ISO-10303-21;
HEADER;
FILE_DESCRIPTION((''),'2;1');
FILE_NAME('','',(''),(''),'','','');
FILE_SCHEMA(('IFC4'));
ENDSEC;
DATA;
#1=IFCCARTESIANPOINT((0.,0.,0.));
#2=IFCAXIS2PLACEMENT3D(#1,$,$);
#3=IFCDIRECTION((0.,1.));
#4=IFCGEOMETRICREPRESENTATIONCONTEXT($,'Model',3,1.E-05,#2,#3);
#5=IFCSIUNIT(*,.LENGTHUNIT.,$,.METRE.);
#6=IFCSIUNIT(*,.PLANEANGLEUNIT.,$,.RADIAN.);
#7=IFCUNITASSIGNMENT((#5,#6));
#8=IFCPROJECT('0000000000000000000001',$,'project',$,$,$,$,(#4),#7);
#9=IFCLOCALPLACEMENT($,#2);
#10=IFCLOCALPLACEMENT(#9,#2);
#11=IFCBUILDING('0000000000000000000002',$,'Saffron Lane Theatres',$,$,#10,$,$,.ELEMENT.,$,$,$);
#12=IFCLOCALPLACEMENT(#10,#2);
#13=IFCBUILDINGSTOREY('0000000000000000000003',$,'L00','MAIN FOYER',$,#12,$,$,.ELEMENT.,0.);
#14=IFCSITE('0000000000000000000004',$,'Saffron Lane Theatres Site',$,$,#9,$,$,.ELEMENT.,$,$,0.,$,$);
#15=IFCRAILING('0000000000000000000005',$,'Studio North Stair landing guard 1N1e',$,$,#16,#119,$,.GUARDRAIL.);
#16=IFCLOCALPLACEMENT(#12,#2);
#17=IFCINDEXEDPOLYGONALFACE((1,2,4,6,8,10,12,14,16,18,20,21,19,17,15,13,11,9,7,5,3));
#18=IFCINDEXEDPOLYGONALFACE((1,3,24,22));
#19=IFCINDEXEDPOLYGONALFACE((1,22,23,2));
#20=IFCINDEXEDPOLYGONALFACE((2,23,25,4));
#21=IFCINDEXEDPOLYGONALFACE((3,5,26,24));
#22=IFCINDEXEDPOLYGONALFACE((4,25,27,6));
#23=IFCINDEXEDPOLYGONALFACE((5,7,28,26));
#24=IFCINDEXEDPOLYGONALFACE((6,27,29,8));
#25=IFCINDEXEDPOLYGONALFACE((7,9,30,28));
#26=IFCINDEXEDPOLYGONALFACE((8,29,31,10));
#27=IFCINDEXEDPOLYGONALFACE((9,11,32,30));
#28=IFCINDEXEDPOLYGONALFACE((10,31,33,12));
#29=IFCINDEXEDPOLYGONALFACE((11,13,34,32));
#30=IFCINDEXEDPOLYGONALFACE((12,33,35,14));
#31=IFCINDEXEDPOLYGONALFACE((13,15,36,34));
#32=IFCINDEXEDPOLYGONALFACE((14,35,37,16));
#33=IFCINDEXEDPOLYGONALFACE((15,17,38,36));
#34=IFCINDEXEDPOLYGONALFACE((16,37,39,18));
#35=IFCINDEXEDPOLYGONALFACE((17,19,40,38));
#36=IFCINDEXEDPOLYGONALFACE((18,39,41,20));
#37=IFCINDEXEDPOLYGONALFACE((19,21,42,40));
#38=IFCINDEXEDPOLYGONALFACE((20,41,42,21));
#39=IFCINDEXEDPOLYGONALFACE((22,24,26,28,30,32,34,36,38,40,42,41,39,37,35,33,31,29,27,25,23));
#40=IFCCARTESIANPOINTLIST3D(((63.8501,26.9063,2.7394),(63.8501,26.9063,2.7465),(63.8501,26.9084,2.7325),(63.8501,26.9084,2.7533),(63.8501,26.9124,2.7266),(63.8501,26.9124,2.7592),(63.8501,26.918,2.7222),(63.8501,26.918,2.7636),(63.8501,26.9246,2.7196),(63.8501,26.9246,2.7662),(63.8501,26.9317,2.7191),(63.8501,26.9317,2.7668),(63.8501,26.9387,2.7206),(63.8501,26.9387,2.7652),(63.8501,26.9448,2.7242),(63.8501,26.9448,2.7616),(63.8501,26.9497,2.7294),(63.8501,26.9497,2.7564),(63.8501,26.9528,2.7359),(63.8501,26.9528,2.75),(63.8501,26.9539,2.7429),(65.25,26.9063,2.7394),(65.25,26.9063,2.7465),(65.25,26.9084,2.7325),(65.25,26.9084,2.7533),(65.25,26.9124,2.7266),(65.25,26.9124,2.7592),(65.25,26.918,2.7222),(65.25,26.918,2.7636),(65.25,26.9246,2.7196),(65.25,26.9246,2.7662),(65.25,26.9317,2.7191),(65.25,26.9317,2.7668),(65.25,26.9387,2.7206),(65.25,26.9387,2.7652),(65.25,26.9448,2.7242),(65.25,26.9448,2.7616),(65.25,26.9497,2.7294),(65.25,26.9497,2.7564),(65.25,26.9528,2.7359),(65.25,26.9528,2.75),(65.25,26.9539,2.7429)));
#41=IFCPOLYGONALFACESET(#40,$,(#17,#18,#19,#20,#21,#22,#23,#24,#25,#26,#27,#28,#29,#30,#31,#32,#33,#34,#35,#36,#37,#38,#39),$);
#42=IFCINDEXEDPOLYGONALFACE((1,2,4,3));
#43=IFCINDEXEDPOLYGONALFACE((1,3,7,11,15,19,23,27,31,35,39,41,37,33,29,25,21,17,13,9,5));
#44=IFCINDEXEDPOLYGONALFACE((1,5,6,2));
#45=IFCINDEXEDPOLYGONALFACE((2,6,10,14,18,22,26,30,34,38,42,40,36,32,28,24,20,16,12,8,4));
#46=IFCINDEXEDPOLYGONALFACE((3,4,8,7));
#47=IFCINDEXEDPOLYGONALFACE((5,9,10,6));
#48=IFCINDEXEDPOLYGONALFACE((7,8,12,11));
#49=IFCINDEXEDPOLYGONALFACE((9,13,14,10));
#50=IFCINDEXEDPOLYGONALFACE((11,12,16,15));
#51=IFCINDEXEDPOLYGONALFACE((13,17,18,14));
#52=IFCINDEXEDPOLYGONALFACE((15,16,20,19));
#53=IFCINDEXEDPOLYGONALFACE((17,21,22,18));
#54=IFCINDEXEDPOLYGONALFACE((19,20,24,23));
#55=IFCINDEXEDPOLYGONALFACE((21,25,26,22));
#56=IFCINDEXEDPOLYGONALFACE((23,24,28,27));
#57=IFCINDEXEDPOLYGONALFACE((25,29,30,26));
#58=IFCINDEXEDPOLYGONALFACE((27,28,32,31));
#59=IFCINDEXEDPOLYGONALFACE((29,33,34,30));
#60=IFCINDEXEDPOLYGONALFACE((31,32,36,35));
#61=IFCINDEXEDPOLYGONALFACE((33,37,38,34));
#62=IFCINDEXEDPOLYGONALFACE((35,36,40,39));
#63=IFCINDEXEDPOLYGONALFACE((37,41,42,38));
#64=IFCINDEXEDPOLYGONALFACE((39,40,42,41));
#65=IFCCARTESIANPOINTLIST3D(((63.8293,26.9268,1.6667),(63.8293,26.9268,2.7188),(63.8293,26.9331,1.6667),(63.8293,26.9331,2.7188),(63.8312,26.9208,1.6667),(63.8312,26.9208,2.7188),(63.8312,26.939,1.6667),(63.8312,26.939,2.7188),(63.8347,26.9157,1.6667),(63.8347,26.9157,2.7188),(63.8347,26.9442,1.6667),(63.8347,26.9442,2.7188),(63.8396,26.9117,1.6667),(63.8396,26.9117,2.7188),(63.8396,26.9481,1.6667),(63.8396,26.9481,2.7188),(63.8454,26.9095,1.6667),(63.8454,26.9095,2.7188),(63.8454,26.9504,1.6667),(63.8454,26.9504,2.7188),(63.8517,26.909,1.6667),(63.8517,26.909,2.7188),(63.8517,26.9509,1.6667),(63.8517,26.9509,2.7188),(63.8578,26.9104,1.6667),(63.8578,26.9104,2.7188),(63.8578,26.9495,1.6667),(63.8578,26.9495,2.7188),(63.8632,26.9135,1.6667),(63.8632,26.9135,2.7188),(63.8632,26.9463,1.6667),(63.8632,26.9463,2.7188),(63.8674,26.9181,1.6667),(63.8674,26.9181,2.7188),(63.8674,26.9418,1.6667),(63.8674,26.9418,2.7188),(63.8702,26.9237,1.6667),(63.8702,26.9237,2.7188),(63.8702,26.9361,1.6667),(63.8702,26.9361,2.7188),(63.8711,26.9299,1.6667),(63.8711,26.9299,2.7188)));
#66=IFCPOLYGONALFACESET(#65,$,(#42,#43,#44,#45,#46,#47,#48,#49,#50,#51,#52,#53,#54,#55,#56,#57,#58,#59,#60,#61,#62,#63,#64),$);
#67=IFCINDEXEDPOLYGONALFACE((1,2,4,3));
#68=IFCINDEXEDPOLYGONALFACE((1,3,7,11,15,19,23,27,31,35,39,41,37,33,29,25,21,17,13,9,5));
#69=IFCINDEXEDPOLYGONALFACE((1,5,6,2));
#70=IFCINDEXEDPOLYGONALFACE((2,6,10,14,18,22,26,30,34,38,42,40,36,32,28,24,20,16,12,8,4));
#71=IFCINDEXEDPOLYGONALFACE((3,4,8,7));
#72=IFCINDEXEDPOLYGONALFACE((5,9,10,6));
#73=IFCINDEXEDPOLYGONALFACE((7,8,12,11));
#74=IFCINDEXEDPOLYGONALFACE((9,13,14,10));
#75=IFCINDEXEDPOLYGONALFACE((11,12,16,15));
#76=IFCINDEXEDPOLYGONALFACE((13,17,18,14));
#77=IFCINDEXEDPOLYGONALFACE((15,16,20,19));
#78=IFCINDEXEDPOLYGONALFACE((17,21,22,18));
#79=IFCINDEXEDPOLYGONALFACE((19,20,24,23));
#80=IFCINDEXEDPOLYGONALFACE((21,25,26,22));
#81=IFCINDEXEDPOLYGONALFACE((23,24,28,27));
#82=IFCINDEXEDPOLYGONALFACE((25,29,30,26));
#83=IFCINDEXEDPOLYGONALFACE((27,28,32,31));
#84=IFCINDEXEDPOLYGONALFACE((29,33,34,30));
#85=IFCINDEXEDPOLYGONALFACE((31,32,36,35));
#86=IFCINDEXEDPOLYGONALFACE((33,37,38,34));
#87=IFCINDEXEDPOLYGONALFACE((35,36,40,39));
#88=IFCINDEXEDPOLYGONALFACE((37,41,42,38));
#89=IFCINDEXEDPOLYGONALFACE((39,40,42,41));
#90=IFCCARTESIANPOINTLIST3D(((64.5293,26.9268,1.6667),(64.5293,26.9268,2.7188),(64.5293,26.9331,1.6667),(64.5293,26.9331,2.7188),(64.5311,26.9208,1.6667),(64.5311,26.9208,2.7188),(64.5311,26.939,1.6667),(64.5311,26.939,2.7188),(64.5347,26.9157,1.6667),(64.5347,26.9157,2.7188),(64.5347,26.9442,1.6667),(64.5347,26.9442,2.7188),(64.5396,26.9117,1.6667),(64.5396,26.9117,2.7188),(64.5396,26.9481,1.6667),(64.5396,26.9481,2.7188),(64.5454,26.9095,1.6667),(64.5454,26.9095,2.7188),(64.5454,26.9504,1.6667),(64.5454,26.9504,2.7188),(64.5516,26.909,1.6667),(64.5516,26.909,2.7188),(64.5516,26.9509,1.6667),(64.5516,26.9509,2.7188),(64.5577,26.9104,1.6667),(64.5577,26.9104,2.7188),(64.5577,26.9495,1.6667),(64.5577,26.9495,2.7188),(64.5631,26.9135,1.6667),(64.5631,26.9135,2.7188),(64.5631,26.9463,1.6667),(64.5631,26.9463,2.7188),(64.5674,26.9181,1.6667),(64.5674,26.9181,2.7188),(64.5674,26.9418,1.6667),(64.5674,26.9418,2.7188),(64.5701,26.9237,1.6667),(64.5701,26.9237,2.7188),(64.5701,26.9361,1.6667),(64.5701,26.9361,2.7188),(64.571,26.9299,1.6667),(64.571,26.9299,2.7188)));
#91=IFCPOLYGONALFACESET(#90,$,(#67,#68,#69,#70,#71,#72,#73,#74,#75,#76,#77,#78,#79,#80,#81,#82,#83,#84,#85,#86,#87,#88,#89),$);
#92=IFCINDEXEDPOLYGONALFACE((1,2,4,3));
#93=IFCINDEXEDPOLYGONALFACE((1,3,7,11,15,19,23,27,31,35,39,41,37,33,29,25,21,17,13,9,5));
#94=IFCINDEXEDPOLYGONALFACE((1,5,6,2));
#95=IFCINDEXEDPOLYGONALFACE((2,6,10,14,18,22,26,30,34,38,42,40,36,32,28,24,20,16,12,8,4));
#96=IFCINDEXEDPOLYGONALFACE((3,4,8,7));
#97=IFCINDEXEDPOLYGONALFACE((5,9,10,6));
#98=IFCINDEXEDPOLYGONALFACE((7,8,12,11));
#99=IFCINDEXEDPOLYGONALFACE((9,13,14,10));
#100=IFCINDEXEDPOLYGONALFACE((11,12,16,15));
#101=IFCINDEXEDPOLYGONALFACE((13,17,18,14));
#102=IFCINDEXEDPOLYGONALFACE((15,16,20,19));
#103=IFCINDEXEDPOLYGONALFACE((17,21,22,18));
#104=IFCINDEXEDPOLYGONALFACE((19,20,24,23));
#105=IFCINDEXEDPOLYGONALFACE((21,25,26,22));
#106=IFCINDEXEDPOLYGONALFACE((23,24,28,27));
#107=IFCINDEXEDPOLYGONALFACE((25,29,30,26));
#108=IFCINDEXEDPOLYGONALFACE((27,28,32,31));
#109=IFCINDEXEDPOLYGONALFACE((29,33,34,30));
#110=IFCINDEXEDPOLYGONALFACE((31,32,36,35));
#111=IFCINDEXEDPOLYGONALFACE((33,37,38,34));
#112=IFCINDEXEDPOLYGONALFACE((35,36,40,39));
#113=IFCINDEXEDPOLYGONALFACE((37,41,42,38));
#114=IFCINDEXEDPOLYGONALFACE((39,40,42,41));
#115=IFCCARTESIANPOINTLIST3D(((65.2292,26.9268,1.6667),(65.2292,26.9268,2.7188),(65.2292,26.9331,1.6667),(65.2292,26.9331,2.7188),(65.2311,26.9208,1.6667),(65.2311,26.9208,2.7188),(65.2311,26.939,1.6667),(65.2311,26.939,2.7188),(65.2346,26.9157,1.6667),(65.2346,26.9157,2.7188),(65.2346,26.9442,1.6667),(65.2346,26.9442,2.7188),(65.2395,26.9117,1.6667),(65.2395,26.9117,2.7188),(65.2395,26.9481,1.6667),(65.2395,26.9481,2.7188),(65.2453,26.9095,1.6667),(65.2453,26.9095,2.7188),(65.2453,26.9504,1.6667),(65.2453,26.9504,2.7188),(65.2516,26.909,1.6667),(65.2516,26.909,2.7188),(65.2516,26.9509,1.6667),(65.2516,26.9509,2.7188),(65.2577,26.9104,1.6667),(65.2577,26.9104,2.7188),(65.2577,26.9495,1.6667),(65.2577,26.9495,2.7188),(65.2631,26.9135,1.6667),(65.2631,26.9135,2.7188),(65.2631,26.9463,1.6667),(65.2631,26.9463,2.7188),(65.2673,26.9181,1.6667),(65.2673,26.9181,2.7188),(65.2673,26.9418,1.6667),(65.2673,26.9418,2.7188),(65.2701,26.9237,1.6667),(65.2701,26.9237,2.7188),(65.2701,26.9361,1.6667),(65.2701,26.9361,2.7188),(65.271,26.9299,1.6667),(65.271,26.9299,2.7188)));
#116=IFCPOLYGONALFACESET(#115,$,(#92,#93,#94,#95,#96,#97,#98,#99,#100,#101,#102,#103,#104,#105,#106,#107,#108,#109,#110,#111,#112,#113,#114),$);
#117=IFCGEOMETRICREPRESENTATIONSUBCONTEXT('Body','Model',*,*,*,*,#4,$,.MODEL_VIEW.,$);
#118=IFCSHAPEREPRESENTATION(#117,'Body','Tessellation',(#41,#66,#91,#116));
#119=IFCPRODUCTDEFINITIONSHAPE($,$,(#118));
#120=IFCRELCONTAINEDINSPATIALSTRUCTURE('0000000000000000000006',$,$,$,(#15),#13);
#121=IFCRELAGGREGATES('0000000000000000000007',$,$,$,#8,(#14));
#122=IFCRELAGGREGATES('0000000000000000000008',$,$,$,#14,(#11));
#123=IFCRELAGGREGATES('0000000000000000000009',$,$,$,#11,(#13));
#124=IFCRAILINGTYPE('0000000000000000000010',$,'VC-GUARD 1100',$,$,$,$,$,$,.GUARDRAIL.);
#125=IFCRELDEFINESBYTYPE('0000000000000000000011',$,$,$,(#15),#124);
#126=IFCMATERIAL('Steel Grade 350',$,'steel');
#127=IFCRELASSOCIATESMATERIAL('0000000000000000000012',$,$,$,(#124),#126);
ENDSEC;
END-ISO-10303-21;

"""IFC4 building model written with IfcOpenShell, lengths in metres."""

from ifc_helpers import new_model, si_unit, direction, frame, origin, origin_2d, place, context, subcontext, project, spatial, circle, extrude, material, type_object, element, save


model = new_model("IFC4")

# Units and contexts
model_context = context("Model", 3, precision=1e-05, world=origin(), true_north=direction((0.0, 1.0)))
body_context = subcontext(model_context, "Body", "Model", "MODEL_VIEW")
ifc_project = project(units=[si_unit("LENGTHUNIT", "METRE"), si_unit("PLANEANGLEUNIT", "RADIAN")], contexts=[model_context])

# Site, building, storey
site_placement = place(None, origin())
site = spatial("IfcSite", under=ifc_project, at=site_placement, Name="Saffron Lane Theatres Site", CompositionType="ELEMENT", RefElevation=0.0)
building_placement = place(site_placement, origin())
building = spatial("IfcBuilding", under=site, at=building_placement, Name="Saffron Lane Theatres", CompositionType="ELEMENT")
storey_placement = place(building_placement, origin())
storey = spatial("IfcBuildingStorey", under=building, at=storey_placement, Name="L00", Description="MAIN FOYER", CompositionType="ELEMENT", Elevation=0.0)

# Railing
ifc_material_1 = material(Name="Steel Grade 350", Category="steel")
railing_type_1 = type_object("IfcRailingType", Name="VC-GUARD 1100", PredefinedType="GUARDRAIL", material=ifc_material_1)
railing_1_placement = place(storey_placement, frame((63.8501, 26.9299, 1.6667)))
element("IfcRailing", 1, at=railing_1_placement, inside=storey, type_object=railing_type_1, Name="Studio North Stair landing guard 1N1e", PredefinedType="GUARDRAIL", context=body_context, shape_type="SweptSolid", body=[
    extrude(circle(Radius=0.0239, at=origin_2d()), frame((0.0, 0.0, 1.0762), z_axis=(1.0, 0.0, 0.0), x_axis=(0.0, 1.0, 0.0)), (0.0, 0.0, 1.0), 1.3999),
    extrude(circle(Radius=0.021, at=origin_2d()), origin(), (0.0, 0.0, 1.0), 1.052),
    extrude(circle(Radius=0.021, at=origin_2d()), frame((0.7, 0.0, 0.0)), (0.0, 0.0, 1.0), 1.052),
    extrude(circle(Radius=0.021, at=origin_2d()), frame((1.3999, 0.0, 0.0)), (0.0, 0.0, 1.0), 1.052),
])

save(model, "model.ifc")
